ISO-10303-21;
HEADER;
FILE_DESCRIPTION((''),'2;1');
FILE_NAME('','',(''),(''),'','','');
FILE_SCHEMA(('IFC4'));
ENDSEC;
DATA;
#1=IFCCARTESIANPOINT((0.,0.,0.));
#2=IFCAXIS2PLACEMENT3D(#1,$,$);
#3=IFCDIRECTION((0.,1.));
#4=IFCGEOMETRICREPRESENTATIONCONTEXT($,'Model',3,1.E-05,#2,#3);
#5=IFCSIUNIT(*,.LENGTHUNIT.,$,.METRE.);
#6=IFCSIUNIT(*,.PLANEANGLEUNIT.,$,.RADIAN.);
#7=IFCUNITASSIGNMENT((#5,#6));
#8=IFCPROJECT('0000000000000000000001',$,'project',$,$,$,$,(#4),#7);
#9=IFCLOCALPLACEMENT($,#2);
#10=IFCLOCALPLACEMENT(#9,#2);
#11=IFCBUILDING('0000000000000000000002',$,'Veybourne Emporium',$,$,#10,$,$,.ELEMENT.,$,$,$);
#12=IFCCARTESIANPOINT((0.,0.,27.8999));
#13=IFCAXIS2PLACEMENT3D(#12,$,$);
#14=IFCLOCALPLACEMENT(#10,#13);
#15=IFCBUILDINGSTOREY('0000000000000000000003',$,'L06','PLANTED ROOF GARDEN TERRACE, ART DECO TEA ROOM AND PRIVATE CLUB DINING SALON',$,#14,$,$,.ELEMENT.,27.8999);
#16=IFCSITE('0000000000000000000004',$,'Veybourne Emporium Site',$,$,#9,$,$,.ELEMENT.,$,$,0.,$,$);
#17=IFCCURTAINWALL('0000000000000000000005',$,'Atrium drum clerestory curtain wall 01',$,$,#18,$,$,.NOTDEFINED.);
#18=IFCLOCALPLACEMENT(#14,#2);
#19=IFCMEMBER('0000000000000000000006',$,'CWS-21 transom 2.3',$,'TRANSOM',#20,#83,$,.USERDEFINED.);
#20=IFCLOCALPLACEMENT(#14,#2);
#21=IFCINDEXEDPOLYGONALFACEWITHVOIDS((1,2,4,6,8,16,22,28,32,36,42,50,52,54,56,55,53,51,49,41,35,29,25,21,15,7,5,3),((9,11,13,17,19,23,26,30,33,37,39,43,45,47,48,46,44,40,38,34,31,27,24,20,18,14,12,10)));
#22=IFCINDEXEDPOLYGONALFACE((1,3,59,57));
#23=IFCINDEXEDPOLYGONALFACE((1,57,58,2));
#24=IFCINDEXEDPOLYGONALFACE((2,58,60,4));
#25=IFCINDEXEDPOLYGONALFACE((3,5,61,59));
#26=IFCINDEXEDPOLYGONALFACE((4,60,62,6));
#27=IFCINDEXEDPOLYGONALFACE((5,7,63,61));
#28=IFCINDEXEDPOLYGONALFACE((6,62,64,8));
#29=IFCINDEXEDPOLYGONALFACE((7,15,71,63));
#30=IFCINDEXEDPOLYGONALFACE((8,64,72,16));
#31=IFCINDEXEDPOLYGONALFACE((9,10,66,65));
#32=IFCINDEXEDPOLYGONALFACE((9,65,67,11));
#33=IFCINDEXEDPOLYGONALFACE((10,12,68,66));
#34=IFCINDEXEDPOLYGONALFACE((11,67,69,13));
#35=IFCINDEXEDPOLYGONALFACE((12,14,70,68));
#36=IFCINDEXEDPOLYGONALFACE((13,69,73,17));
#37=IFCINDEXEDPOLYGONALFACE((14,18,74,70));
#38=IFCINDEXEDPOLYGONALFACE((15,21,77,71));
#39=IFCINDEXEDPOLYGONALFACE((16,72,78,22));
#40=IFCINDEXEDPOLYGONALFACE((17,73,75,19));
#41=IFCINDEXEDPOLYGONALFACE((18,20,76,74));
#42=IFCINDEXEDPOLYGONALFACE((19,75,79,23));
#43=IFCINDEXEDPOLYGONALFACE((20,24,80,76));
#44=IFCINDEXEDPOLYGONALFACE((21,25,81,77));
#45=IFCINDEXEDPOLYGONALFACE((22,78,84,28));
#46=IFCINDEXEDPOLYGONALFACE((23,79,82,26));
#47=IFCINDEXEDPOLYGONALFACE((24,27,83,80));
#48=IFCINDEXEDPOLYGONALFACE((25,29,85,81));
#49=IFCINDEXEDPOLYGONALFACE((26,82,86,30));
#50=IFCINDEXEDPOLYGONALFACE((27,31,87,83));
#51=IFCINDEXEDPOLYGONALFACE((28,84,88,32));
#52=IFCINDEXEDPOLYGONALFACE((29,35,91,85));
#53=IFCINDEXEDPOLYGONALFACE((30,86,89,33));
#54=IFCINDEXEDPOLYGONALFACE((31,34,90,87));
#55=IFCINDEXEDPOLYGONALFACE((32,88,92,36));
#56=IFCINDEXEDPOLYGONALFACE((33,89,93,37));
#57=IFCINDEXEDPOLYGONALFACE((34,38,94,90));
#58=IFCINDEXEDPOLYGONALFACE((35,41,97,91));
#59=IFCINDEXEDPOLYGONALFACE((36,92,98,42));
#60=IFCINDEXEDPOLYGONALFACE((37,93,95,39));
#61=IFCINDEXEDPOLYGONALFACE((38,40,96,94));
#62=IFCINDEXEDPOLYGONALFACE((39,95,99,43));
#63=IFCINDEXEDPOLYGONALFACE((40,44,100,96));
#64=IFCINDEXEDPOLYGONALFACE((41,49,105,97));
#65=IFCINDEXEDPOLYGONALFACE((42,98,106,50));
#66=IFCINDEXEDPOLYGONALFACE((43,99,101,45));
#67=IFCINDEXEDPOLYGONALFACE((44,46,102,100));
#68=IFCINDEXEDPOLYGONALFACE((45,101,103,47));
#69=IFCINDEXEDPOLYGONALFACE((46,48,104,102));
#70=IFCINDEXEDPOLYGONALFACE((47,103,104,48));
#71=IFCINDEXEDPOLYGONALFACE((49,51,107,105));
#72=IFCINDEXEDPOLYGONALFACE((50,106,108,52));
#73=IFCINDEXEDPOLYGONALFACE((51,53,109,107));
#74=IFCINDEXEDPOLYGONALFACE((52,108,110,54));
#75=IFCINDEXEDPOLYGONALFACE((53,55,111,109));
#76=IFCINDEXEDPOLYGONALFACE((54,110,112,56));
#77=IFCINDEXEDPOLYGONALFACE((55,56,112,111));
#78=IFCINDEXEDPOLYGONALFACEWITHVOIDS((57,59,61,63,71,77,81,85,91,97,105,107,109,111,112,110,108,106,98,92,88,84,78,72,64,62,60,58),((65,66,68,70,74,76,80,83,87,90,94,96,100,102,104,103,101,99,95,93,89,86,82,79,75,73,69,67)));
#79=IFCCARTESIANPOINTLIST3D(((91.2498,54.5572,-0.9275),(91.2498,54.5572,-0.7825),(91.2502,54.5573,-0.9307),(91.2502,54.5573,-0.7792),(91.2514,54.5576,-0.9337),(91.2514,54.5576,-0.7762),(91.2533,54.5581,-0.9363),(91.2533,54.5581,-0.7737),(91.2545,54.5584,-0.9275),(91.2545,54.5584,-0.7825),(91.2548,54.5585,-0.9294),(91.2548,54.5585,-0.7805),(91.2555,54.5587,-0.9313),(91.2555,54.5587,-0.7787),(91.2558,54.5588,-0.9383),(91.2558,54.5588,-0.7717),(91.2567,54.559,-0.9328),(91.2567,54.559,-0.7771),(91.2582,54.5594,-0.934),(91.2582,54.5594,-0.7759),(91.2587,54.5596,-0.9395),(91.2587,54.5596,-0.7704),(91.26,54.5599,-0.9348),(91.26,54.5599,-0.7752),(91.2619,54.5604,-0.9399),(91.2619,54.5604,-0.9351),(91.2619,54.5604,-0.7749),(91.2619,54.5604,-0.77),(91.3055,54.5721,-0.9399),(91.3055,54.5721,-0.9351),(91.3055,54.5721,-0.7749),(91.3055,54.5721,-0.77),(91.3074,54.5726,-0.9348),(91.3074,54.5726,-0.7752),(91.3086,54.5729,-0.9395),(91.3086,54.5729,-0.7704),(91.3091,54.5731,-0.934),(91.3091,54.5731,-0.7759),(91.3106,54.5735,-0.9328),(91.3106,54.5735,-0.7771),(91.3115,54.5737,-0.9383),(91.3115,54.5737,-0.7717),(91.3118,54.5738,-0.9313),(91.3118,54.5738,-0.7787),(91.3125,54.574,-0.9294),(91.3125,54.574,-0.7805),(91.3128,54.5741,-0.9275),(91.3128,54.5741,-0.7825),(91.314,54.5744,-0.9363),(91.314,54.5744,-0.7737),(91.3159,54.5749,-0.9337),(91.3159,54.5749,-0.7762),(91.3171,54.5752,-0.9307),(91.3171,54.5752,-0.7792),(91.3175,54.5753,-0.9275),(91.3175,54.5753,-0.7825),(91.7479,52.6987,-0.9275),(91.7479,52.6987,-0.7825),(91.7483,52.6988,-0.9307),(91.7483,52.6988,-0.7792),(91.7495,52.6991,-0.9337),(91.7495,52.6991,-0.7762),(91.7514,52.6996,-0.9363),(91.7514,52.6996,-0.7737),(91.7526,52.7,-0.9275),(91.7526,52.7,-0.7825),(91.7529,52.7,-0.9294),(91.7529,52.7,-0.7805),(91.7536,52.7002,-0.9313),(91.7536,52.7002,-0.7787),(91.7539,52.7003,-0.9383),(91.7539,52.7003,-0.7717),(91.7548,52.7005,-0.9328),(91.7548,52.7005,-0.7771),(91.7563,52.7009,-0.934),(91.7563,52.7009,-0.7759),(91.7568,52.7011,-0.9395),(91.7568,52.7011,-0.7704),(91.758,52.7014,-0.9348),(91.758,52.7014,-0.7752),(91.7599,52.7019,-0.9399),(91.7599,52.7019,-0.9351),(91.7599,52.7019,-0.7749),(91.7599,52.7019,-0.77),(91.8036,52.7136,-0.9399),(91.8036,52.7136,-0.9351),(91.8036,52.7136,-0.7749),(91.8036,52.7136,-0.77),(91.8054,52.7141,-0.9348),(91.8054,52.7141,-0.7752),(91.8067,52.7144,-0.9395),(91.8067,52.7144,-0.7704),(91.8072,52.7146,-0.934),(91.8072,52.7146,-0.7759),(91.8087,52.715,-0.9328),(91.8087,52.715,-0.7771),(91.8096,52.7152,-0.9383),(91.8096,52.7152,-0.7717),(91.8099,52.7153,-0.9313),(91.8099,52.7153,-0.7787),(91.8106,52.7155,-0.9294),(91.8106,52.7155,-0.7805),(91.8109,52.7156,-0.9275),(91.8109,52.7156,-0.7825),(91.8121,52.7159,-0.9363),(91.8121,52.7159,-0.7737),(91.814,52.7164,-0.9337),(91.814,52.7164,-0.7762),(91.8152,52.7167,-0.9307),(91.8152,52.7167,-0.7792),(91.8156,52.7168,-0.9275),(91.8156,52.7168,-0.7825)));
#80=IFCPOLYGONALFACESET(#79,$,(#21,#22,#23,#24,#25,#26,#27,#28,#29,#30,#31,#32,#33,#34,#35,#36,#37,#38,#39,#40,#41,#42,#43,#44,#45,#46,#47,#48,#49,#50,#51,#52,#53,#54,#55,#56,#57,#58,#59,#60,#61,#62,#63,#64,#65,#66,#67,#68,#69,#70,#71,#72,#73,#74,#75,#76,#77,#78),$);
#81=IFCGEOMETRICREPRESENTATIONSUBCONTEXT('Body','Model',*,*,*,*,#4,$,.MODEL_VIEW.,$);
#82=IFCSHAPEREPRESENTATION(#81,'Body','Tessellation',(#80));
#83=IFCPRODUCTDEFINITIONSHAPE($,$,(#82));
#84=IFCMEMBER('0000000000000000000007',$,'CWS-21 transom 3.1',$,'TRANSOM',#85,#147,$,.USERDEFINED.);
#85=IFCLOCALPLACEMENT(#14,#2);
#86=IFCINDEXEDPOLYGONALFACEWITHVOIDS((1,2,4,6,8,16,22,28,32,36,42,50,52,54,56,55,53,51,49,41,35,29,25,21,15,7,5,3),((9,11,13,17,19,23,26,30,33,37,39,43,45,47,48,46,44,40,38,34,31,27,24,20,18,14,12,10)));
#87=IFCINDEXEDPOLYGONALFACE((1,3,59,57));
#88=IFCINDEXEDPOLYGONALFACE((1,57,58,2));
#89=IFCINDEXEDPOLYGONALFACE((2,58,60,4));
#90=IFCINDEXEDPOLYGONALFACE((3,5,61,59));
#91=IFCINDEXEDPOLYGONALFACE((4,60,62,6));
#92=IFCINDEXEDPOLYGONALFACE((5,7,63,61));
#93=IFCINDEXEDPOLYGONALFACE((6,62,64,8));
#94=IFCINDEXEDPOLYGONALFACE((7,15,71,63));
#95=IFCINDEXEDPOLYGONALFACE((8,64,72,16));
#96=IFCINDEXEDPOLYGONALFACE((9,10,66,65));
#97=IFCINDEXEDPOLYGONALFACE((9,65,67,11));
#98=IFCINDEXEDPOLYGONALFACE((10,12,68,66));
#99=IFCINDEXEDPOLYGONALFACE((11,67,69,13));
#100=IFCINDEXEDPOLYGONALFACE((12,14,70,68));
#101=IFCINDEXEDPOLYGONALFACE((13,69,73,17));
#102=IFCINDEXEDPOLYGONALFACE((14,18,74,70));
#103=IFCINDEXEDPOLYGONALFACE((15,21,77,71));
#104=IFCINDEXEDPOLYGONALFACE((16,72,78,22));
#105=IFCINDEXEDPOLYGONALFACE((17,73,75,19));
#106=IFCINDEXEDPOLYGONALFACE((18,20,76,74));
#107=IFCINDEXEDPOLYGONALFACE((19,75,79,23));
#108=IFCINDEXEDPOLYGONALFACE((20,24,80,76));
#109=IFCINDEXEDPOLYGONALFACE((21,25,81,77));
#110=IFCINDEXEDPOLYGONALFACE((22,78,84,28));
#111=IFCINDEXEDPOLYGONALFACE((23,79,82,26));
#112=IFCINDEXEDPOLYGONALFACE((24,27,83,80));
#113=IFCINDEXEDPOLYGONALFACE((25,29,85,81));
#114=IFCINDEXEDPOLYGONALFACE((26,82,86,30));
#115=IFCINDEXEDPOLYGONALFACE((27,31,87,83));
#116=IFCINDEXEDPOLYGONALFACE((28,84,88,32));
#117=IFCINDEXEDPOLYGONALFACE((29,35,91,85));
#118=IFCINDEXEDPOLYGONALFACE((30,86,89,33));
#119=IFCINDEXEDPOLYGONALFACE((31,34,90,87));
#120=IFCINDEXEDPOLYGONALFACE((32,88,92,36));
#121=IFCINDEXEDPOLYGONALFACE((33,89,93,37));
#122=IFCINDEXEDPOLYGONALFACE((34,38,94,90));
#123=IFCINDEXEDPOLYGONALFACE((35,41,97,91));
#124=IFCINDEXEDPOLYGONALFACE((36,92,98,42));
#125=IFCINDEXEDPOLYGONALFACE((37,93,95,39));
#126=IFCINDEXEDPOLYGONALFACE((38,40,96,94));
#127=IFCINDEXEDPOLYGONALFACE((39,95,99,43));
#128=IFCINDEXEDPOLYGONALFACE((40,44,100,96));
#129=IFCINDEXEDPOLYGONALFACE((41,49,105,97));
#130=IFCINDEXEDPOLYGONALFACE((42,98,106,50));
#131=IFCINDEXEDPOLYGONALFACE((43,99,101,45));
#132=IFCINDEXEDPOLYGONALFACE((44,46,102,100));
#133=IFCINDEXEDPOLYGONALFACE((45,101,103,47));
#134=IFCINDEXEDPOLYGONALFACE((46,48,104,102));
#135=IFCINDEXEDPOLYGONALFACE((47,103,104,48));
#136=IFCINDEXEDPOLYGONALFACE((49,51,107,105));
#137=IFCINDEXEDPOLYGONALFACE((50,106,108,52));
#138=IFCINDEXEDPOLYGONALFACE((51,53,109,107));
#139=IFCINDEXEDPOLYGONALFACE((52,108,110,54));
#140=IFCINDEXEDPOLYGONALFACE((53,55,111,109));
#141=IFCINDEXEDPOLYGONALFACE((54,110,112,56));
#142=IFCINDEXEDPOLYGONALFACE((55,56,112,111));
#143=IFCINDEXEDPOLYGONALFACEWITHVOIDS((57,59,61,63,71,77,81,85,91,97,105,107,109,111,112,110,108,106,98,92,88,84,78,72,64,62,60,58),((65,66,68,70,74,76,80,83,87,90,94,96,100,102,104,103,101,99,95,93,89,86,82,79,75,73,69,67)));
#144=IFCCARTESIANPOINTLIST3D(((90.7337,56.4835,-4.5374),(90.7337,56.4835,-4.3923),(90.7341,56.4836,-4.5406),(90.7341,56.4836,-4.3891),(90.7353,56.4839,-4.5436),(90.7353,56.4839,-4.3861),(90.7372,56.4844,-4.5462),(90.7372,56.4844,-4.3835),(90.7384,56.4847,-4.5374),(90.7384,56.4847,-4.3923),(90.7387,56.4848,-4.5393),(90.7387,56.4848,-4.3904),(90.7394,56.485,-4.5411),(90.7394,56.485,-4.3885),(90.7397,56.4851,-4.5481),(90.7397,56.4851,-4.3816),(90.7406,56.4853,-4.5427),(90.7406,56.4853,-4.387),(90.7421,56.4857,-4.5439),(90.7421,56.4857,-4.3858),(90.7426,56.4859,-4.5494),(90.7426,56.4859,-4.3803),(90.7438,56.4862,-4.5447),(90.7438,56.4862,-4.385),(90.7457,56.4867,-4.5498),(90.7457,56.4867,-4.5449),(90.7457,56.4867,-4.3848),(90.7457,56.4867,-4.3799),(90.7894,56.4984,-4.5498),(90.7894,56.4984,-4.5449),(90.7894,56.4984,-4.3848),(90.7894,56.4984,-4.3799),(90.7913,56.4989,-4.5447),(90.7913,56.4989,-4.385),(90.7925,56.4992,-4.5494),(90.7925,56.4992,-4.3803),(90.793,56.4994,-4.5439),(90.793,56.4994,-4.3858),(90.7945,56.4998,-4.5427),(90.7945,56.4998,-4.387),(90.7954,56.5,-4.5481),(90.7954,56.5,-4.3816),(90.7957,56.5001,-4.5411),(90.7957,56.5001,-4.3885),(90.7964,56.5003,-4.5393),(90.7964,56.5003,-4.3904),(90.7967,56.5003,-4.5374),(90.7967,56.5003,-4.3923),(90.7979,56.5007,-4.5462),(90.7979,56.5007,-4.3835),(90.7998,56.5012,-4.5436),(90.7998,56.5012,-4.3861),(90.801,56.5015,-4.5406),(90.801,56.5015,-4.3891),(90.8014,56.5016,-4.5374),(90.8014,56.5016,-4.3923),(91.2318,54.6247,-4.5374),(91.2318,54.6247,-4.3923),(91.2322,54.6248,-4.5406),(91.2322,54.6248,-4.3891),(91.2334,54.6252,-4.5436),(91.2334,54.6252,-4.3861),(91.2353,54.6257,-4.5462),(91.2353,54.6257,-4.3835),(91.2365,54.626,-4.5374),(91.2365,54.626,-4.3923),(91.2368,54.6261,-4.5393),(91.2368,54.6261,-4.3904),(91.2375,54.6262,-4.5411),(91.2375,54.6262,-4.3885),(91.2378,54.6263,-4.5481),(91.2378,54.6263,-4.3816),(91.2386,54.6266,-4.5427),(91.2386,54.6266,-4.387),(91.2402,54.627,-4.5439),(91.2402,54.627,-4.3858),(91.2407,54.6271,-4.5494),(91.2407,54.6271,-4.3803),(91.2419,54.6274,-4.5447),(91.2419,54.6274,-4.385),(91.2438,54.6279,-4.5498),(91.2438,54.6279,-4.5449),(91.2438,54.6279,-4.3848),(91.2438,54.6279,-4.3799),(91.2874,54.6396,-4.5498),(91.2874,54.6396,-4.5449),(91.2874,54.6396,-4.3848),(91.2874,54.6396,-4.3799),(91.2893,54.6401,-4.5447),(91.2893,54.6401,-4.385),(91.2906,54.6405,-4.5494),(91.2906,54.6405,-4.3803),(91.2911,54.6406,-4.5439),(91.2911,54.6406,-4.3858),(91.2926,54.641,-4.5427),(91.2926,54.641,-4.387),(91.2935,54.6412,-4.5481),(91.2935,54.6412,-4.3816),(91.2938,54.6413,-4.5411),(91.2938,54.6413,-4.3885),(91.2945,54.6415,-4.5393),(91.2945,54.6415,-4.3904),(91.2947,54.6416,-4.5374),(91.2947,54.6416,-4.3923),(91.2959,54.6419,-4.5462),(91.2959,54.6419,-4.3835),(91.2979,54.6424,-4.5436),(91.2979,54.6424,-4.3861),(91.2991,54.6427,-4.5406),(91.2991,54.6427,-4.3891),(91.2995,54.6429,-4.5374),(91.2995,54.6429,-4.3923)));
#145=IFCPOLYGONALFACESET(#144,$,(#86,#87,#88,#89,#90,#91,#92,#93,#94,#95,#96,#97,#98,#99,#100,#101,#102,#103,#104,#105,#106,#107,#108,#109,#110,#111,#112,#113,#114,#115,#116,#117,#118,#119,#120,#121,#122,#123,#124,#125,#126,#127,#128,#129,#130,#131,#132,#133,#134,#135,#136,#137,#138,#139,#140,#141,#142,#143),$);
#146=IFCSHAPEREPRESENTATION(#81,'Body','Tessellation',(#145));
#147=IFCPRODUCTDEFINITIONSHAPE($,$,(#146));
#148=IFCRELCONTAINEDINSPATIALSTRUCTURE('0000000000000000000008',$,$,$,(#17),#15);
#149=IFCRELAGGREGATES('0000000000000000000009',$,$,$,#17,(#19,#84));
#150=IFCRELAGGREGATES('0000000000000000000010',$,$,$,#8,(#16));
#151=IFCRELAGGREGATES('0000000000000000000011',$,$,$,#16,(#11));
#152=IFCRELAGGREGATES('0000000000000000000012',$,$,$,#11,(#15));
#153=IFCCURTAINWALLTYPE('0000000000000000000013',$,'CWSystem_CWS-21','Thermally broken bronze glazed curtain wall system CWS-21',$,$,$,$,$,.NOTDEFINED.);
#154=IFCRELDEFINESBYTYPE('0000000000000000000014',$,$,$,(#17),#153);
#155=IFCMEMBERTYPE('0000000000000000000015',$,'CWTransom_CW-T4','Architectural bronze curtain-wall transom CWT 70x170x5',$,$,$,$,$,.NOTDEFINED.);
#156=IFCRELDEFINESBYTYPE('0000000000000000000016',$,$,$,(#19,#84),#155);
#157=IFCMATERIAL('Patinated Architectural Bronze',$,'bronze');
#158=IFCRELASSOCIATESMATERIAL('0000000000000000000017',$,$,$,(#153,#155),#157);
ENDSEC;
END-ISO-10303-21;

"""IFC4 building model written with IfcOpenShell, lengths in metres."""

from ifc_helpers import new_model, si_unit, direction, frame, origin, origin_2d, place, context, subcontext, project, spatial, hollow_rectangle, extrude, material, material_profile, profile_set, type_object, element, aggregate, save


model = new_model("IFC4")

# Units and contexts
model_context = context("Model", 3, precision=1e-05, world=origin(), true_north=direction((0.0, 1.0)))
body_context = subcontext(model_context, "Body", "Model", "MODEL_VIEW")
ifc_project = project(units=[si_unit("LENGTHUNIT", "METRE"), si_unit("PLANEANGLEUNIT", "RADIAN")], contexts=[model_context])

# Site, building, storey
site_placement = place(None, origin())
site = spatial("IfcSite", under=ifc_project, at=site_placement, Name="Veybourne Emporium Site", CompositionType="ELEMENT", RefElevation=0.0)
building_placement = place(site_placement, origin())
building = spatial("IfcBuilding", under=site, at=building_placement, Name="Veybourne Emporium", CompositionType="ELEMENT")
storey_placement = place(building_placement, frame((0.0, 0.0, 27.8999)))
storey = spatial("IfcBuildingStorey", under=building, at=storey_placement, Name="L06", Description="PLANTED ROOF GARDEN TERRACE, ART DECO TEA ROOM AND PRIVATE CLUB DINING SALON", CompositionType="ELEMENT", Elevation=27.8999)

# Curtain wall
ifc_material_1 = material(Name="Patinated Architectural Bronze", Category="bronze")
curtain_wall_type_1 = type_object("IfcCurtainWallType", Name="CWSystem_CWS-21", Description="Thermally broken bronze glazed curtain wall system CWS-21", PredefinedType="NOTDEFINED", material=ifc_material_1)
curtain_wall_1_placement = place(storey_placement, origin())
curtain_wall_1 = element("IfcCurtainWall", 1, at=curtain_wall_1_placement, inside=storey, type_object=curtain_wall_type_1, Name="Atrium drum clerestory curtain wall 01", PredefinedType="NOTDEFINED")

# Members
ifc_material_profile_1 = material_profile(ifc_material_1, hollow_rectangle(XDim=0.0701, YDim=0.1699, WallThickness=0.0049, InnerFilletRadius=0.0076, OuterFilletRadius=0.0125, at=origin_2d()), Name="CWT 70x170x5")
ifc_profile_set_1 = profile_set([ifc_material_profile_1], Name="Patinated Architectural Bronze")
member_type_1 = type_object("IfcMemberType", Name="CWTransom_CW-T4", Description="Architectural bronze curtain-wall transom CWT 70x170x5", PredefinedType="NOTDEFINED", material=ifc_profile_set_1)
member_1_placement = place(storey_placement, frame((91.7817, 52.7078, -0.855), z_axis=(-0.258863, 0.965914, 0.0), x_axis=(-0.965914, -0.258863, 0.0)))
member_1 = element("IfcMember", 2, at=member_1_placement, type_object=member_type_1, Name="CWS-21 transom 2.3", ObjectType="TRANSOM", PredefinedType="USERDEFINED", context=body_context, shape_type="SweptSolid", body=[
    extrude(hollow_rectangle(XDim=0.0701, YDim=0.1699, WallThickness=0.0049, InnerFilletRadius=0.0076, OuterFilletRadius=0.0125, at=origin_2d()), origin(), (0.0, 0.0, 1.0), 1.9241),
])
member_2_placement = place(storey_placement, frame((91.2656, 54.6338, -4.4648), z_axis=(-0.258831, 0.965923, 0.0), x_axis=(-0.965923, -0.258831, 0.0)))
member_2 = element("IfcMember", 3, at=member_2_placement, type_object=member_type_1, Name="CWS-21 transom 3.1", ObjectType="TRANSOM", PredefinedType="USERDEFINED", context=body_context, shape_type="SweptSolid", body=[
    extrude(hollow_rectangle(XDim=0.0701, YDim=0.1699, WallThickness=0.0049, InnerFilletRadius=0.0076, OuterFilletRadius=0.0125, at=origin_2d()), origin(), (0.0, 0.0, 1.0), 1.9243),
])

aggregate(curtain_wall_1, [member_1, member_2])

save(model, "model.ifc")
